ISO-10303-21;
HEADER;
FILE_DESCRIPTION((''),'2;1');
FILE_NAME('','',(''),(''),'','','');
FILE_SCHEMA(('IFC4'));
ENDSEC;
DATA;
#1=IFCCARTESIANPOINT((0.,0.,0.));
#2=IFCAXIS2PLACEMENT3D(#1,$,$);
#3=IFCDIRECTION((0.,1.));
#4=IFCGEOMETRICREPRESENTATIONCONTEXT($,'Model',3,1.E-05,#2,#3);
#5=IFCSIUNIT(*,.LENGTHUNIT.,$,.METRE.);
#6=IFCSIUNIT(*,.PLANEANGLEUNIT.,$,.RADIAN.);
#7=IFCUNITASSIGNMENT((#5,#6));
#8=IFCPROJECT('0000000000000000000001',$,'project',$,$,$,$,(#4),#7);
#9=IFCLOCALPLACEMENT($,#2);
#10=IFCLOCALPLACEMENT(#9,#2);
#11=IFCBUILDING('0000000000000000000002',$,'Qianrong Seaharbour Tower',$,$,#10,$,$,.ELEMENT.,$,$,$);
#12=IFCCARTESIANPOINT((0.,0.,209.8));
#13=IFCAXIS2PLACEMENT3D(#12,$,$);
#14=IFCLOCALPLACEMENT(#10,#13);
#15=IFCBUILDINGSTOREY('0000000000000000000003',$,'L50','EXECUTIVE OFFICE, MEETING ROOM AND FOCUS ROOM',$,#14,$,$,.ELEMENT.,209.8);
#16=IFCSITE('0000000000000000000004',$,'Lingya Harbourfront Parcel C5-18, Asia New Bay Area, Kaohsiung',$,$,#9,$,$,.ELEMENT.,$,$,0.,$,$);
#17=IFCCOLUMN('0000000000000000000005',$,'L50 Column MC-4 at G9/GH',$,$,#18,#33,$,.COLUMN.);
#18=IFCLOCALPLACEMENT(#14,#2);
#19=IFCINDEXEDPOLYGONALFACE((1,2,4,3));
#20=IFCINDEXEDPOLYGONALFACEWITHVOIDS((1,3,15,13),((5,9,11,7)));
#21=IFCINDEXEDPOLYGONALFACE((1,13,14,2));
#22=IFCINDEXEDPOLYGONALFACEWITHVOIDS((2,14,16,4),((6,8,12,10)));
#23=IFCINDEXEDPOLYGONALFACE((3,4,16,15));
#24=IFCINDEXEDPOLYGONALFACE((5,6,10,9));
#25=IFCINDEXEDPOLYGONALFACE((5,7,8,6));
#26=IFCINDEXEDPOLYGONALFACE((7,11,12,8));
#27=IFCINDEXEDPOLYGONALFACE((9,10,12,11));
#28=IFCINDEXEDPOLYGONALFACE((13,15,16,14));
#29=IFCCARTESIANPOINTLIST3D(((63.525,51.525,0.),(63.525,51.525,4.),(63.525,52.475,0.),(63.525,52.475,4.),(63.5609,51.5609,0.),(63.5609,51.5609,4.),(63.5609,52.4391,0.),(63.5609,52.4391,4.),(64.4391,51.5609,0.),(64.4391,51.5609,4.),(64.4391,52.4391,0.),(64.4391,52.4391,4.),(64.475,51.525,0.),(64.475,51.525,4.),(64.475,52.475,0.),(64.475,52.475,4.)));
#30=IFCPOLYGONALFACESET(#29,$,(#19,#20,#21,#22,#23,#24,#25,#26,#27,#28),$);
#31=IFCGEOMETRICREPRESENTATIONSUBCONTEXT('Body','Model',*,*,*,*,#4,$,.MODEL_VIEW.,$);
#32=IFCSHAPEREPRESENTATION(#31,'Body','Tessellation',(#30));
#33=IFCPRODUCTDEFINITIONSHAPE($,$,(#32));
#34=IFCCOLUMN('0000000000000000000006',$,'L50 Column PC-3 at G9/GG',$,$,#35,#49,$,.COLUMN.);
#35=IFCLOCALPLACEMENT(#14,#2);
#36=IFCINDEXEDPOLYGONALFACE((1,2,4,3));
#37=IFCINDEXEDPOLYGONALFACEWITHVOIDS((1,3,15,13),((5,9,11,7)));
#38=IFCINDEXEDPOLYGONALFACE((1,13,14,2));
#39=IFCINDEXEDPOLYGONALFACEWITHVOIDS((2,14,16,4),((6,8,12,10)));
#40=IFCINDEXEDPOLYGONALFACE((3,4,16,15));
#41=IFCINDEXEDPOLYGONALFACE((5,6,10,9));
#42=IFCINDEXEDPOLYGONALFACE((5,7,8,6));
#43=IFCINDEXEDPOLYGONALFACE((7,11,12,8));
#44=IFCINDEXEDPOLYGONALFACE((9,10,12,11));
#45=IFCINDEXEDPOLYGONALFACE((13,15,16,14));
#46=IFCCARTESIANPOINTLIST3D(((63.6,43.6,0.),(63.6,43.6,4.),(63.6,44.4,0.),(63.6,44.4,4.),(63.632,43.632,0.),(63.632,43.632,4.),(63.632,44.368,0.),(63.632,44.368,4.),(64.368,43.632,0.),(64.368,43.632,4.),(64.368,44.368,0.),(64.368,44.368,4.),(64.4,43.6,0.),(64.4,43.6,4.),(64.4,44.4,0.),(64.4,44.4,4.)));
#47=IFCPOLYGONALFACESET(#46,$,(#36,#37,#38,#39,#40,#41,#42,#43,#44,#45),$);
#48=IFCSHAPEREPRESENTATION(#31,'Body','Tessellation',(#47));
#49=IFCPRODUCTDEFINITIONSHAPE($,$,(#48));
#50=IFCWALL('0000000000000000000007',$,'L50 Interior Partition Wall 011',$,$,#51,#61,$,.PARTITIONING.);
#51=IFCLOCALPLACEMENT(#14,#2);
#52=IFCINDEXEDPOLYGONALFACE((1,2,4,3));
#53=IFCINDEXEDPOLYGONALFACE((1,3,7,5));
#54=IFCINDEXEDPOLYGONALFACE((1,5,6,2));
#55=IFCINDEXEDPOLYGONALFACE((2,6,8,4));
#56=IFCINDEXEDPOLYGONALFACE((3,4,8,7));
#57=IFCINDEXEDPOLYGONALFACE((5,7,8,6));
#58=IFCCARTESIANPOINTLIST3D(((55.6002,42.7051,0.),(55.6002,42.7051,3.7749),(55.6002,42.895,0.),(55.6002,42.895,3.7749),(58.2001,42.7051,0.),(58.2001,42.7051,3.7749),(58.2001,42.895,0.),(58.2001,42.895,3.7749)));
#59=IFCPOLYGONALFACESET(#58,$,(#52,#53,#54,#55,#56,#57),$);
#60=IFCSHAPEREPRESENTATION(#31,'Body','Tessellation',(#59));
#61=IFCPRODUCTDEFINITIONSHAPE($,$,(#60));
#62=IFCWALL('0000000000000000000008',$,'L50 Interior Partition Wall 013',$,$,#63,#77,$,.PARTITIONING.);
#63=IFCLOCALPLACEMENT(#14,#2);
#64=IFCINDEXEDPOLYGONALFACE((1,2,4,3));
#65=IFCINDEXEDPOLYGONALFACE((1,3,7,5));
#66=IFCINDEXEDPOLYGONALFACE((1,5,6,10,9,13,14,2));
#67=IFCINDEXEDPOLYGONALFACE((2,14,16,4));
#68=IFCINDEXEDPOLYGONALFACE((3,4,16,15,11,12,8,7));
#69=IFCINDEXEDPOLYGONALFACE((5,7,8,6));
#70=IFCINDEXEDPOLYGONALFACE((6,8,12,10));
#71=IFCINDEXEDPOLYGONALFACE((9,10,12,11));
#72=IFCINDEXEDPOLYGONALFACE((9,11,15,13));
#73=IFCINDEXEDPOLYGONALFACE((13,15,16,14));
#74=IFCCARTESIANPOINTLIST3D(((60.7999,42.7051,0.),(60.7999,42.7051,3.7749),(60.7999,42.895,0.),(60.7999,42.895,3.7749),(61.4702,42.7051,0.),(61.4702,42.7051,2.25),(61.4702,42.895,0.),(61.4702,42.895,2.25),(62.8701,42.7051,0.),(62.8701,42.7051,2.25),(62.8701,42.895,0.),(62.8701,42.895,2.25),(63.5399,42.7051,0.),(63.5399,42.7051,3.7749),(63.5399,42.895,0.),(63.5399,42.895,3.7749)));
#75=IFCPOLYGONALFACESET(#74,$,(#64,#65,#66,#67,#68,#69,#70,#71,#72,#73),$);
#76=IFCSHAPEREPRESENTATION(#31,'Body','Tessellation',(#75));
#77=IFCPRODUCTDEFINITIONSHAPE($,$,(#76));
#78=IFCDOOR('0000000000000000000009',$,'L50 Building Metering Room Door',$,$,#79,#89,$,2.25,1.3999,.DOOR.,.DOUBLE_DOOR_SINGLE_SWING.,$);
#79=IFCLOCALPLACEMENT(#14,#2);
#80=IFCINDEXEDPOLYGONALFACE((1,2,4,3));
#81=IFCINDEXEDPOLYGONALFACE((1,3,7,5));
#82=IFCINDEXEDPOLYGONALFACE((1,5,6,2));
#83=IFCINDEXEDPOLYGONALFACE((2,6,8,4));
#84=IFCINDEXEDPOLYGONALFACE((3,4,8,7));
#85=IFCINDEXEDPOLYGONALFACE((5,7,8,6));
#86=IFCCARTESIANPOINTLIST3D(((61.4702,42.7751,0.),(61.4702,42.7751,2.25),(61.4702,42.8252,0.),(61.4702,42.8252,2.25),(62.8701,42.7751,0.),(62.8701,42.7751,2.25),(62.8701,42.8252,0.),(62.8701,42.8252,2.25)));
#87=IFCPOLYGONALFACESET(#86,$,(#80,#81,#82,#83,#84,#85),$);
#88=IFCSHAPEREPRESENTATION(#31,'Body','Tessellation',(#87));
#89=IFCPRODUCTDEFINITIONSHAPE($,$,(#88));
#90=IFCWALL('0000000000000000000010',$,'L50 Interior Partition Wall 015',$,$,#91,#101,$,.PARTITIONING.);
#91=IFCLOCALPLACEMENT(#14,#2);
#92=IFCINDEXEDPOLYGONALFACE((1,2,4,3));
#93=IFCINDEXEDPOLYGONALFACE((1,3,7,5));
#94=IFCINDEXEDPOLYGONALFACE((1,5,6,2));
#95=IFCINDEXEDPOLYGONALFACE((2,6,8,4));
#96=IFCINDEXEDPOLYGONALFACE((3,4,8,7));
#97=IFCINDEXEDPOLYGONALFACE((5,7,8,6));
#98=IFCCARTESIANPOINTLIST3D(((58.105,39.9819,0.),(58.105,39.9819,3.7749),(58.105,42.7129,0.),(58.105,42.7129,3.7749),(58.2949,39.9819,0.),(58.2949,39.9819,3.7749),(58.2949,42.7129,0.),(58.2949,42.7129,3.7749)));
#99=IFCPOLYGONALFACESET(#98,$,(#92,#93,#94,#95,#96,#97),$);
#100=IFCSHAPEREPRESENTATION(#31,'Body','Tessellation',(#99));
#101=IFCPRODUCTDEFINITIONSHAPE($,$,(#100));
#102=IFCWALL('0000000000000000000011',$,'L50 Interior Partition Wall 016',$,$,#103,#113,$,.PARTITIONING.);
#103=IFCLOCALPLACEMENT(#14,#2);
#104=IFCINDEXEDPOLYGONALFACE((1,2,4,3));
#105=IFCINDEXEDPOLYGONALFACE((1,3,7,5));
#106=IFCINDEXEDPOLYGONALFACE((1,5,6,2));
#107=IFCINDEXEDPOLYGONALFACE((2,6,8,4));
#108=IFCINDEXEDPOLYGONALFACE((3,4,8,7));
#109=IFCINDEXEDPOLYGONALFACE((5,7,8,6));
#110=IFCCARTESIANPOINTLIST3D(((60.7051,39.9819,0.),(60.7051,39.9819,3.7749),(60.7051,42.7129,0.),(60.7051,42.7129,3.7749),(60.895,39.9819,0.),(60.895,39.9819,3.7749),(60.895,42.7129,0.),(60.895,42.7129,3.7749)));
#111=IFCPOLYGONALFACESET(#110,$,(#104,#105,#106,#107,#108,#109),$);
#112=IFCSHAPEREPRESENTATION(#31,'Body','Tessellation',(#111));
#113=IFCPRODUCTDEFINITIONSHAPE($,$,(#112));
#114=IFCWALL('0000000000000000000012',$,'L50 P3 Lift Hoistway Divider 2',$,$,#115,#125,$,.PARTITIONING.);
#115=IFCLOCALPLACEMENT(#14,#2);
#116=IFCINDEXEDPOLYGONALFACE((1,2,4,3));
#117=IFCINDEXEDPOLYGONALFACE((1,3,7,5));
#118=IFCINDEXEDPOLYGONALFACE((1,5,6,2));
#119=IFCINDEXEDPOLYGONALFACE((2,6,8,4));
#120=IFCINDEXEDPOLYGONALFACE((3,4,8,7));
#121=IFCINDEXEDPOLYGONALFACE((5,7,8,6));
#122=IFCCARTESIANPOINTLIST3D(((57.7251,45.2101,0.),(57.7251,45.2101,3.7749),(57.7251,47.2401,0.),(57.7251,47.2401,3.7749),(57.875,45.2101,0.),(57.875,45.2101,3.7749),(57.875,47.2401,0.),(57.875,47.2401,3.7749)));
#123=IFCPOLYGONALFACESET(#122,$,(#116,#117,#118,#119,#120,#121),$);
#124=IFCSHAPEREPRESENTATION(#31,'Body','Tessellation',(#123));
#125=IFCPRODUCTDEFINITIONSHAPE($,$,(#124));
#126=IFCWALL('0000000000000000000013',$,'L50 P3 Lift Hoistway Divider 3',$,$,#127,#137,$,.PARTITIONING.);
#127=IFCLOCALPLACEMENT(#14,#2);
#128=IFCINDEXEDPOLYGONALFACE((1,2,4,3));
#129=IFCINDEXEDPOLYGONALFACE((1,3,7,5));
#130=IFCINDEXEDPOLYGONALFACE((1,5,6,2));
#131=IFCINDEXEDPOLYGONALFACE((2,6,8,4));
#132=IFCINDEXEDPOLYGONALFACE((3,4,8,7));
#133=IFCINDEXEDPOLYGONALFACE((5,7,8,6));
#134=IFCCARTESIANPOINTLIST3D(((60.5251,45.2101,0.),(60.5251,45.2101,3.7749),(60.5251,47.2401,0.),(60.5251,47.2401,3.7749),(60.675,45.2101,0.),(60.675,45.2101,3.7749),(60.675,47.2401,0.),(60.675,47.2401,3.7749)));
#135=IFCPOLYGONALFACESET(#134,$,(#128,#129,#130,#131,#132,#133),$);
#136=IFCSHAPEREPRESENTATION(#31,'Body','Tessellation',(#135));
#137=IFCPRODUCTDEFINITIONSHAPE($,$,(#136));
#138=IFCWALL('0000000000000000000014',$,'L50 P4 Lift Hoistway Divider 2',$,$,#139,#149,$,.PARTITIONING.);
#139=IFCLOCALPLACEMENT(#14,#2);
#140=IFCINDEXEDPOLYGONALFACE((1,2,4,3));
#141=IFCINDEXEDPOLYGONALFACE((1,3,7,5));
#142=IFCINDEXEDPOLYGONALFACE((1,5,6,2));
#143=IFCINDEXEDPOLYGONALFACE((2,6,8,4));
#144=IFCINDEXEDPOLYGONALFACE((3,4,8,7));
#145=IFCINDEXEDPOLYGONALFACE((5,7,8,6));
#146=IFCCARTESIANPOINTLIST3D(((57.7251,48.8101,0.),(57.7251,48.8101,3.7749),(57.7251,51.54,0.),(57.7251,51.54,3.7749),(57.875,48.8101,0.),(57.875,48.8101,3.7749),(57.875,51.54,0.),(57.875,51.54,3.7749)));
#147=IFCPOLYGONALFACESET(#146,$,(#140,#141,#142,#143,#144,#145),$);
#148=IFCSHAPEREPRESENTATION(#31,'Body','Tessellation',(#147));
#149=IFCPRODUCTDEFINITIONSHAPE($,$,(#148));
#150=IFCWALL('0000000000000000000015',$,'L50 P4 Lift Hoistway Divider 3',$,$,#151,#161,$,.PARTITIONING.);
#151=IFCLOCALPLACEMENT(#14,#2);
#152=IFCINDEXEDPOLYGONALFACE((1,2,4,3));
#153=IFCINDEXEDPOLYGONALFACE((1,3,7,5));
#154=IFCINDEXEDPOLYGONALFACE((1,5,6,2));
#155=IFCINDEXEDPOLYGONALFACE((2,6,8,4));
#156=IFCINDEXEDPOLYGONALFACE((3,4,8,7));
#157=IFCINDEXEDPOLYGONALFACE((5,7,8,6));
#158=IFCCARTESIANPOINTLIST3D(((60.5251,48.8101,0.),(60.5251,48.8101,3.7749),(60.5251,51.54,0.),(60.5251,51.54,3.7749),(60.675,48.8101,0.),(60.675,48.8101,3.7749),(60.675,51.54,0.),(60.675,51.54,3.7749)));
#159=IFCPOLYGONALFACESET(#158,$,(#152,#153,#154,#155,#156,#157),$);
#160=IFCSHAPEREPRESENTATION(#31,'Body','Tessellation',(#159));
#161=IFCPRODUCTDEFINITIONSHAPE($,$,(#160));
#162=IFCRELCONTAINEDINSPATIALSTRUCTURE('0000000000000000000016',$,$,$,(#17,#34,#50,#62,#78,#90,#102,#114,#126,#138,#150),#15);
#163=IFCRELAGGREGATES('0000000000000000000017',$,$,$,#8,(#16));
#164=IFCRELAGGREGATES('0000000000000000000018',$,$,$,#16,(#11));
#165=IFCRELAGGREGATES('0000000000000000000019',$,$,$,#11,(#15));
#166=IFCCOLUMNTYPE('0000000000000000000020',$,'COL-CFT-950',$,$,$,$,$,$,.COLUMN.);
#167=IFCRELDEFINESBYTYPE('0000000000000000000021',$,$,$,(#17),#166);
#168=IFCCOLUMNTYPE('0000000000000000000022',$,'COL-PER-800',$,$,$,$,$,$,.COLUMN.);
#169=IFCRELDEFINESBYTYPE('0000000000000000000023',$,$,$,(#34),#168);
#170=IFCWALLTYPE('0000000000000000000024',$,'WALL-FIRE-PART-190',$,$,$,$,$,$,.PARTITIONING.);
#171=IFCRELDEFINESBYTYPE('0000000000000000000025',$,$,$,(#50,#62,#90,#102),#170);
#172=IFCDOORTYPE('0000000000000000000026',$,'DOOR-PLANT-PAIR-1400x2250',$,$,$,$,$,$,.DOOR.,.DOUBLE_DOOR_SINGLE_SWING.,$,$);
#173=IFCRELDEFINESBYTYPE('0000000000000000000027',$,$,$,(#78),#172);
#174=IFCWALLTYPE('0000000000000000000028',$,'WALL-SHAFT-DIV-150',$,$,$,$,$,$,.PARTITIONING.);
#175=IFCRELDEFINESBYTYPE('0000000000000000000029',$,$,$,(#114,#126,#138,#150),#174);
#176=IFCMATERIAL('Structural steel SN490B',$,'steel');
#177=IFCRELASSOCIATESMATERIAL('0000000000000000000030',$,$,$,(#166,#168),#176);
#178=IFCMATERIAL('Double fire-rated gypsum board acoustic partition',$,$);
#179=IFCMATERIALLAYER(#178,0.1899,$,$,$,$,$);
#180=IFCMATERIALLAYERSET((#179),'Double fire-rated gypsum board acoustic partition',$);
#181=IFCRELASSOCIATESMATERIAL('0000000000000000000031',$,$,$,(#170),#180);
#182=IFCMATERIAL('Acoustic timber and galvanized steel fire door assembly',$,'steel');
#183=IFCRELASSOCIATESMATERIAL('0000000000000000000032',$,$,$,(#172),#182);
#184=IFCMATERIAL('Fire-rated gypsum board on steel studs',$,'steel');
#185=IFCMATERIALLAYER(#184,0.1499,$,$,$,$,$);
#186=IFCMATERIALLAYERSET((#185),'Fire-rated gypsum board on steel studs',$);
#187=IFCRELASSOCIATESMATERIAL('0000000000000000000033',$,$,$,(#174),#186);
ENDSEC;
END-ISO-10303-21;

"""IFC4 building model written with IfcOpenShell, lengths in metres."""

from ifc_helpers import new_model, si_unit, direction, frame, frame_2d, origin, origin_2d, place, context, subcontext, project, spatial, rectangle, hollow_rectangle, extrude, material, layer, layer_set, material_profile, profile_set, type_object, element, fill, save


model = new_model("IFC4")

# Units and contexts
model_context = context("Model", 3, precision=1e-05, world=origin(), true_north=direction((0.0, 1.0)))
body_context = subcontext(model_context, "Body", "Model", "MODEL_VIEW")
ifc_project = project(units=[si_unit("LENGTHUNIT", "METRE"), si_unit("PLANEANGLEUNIT", "RADIAN")], contexts=[model_context])

# Site, building, storey
site_placement = place(None, origin())
site = spatial("IfcSite", under=ifc_project, at=site_placement, Name="Lingya Harbourfront Parcel C5-18, Asia New Bay Area, Kaohsiung", CompositionType="ELEMENT", RefElevation=0.0)
building_placement = place(site_placement, origin())
building = spatial("IfcBuilding", under=site, at=building_placement, Name="Qianrong Seaharbour Tower", CompositionType="ELEMENT")
storey_placement = place(building_placement, frame((0.0, 0.0, 209.8)))
storey = spatial("IfcBuildingStorey", under=building, at=storey_placement, Name="L50", Description="EXECUTIVE OFFICE, MEETING ROOM AND FOCUS ROOM", CompositionType="ELEMENT", Elevation=209.8)

# Columns
ifc_material_1 = material(Name="Structural steel SN490B", Category="steel")
ifc_material_profile_1 = material_profile(ifc_material_1, hollow_rectangle(XDim=0.95, YDim=0.95, WallThickness=0.0359, at=origin_2d()), Name="BOX950x950x36")
ifc_profile_set_1 = profile_set([ifc_material_profile_1], Name="Structural steel SN490B")
column_type_1 = type_object("IfcColumnType", Name="COL-CFT-950", PredefinedType="COLUMN", material=ifc_profile_set_1)
column_1_placement = place(storey_placement, frame((64.0, 52.0, 0.0), z_axis=(0.0, 0.0, 1.0), x_axis=(1.0, 0.0, 0.0)))
element("IfcColumn", 1, at=column_1_placement, inside=storey, type_object=column_type_1, Name="L50 Column MC-4 at G9/GH", PredefinedType="COLUMN", context=body_context, shape_type="SweptSolid", body=[
    extrude(hollow_rectangle(XDim=0.95, YDim=0.95, WallThickness=0.0359, at=origin_2d()), origin(), (0.0, 0.0, 1.0), 4.0),
])
ifc_material_profile_2 = material_profile(ifc_material_1, hollow_rectangle(XDim=0.8, YDim=0.8, WallThickness=0.032, at=origin_2d()), Name="BOX800x800x32")
ifc_profile_set_2 = profile_set([ifc_material_profile_2], Name="Structural steel SN490B")
column_type_2 = type_object("IfcColumnType", Name="COL-PER-800", PredefinedType="COLUMN", material=ifc_profile_set_2)
column_2_placement = place(storey_placement, frame((64.0, 44.0, 0.0), z_axis=(0.0, 0.0, 1.0), x_axis=(1.0, 0.0, 0.0)))
element("IfcColumn", 2, at=column_2_placement, inside=storey, type_object=column_type_2, Name="L50 Column PC-3 at G9/GG", PredefinedType="COLUMN", context=body_context, shape_type="SweptSolid", body=[
    extrude(hollow_rectangle(XDim=0.8, YDim=0.8, WallThickness=0.032, at=origin_2d()), origin(), (0.0, 0.0, 1.0), 4.0),
])

# Shared definitions
ifc_material_2 = material(Name="Acoustic timber and galvanized steel fire door assembly", Category="steel")

# Wall
ifc_material_3 = material(Name="Double fire-rated gypsum board acoustic partition")
ifc_layer_1 = layer(ifc_material_3, 0.1899)
ifc_layer_set_1 = layer_set([ifc_layer_1], Name="Double fire-rated gypsum board acoustic partition")
wall_type_1 = type_object("IfcWallType", Name="WALL-FIRE-PART-190", PredefinedType="PARTITIONING", material=ifc_layer_set_1)
wall_1_placement = place(storey_placement, frame((58.2, 42.8, 0.0), z_axis=(0.0, 0.0, 1.0), x_axis=(-1.0, 0.0, 0.0)))
element("IfcWall", 3, at=wall_1_placement, inside=storey, type_object=wall_type_1, Name="L50 Interior Partition Wall 011", PredefinedType="PARTITIONING", context=body_context, shape_type="SweptSolid", body=[
    extrude(rectangle(XDim=2.5999, YDim=0.1899, at=frame_2d((1.2998, 0.0))), origin(), (0.0, 0.0, 1.0), 3.7749),
])

# Wall, opening, door
wall_2_placement = place(storey_placement, frame((63.54, 42.8, 0.0), z_axis=(0.0, 0.0, 1.0), x_axis=(-1.0, 0.0, 0.0)))
wall_2 = element("IfcWall", 4, at=wall_2_placement, inside=storey, type_object=wall_type_1, Name="L50 Interior Partition Wall 013", PredefinedType="PARTITIONING", context=body_context, shape_type="SweptSolid", body=[
    extrude(rectangle(XDim=2.74, YDim=0.1899, at=frame_2d((1.3701, 0.0))), origin(), (0.0, 0.0, 1.0), 3.7749),
])
opening_1_placement = place(wall_2_placement, frame((0.6699, 0.0, 0.0)))
opening_1 = element("IfcOpeningElement", 5, at=opening_1_placement, cuts=wall_2, PredefinedType="OPENING", context=body_context, shape_type="SweptSolid", body=[
    extrude(rectangle(XDim=1.3999, YDim=2.25, at=frame_2d((0.7, 1.125))), frame((0.0, 0.105, 0.0), z_axis=(0.0, -1.0, 0.0), x_axis=(1.0, 0.0, 0.0)), (0.0, 0.0, 1.0), 0.21),
])
door_type_1 = type_object("IfcDoorType", Name="DOOR-PLANT-PAIR-1400x2250", OperationType="DOUBLE_DOOR_SINGLE_SWING", PredefinedType="DOOR", material=ifc_material_2)
door_1_placement = place(opening_1_placement, origin())
door_1 = element("IfcDoor", 6, at=door_1_placement, inside=storey, type_object=door_type_1, Name="L50 Building Metering Room Door", OperationType="DOUBLE_DOOR_SINGLE_SWING", OverallHeight=2.25, OverallWidth=1.3999, PredefinedType="DOOR", context=body_context, shape_type="SweptSolid", body=[
    extrude(rectangle(XDim=1.3999, YDim=2.25, at=frame_2d((0.7, 1.125))), frame((0.0, 0.0249, 0.0), z_axis=(0.0, -1.0, 0.0), x_axis=(1.0, 0.0, 0.0)), (0.0, 0.0, 1.0), 0.05),
])
fill(opening_1, door_1)

# Walls
for number, where, z_axis, x_axis, name in (
    (7, (58.2, 42.7129, 0.0), (0.0, 0.0, 1.0), (0.0, -1.0, 0.0), "L50 Interior Partition Wall 015"),
    (8, (60.8, 42.7129, 0.0), (0.0, 0.0, 1.0), (0.0, -1.0, 0.0), "L50 Interior Partition Wall 016"),
):
    element("IfcWall", number, at=place(storey_placement, frame(where, z_axis=z_axis, x_axis=x_axis)), inside=storey, type_object=wall_type_1, Name=name, PredefinedType="PARTITIONING", context=body_context, shape_type="SweptSolid", body=[
        extrude(rectangle(XDim=2.731, YDim=0.1899, at=frame_2d((1.3655, 0.0))), origin(), (0.0, 0.0, 1.0), 3.7749),
    ])
ifc_material_4 = material(Name="Fire-rated gypsum board on steel studs", Category="steel")
ifc_layer_2 = layer(ifc_material_4, 0.1499)
ifc_layer_set_2 = layer_set([ifc_layer_2], Name="Fire-rated gypsum board on steel studs")
wall_type_2 = type_object("IfcWallType", Name="WALL-SHAFT-DIV-150", PredefinedType="PARTITIONING", material=ifc_layer_set_2)
for number, where, z_axis, x_axis, name in (
    (9, (57.8, 45.21, 0.0), (0.0, 0.0, 1.0), (0.0, 1.0, 0.0), "L50 P3 Lift Hoistway Divider 2"),
    (10, (60.6001, 45.21, 0.0), (0.0, 0.0, 1.0), (0.0, 1.0, 0.0), "L50 P3 Lift Hoistway Divider 3"),
):
    element("IfcWall", number, at=place(storey_placement, frame(where, z_axis=z_axis, x_axis=x_axis)), inside=storey, type_object=wall_type_2, Name=name, PredefinedType="PARTITIONING", context=body_context, shape_type="SweptSolid", body=[
        extrude(rectangle(XDim=2.03, YDim=0.1499, at=frame_2d((1.0151, 0.0))), origin(), (0.0, 0.0, 1.0), 3.7749),
    ])
for number, where, z_axis, x_axis, name in (
    (11, (57.8, 48.8101, 0.0), (0.0, 0.0, 1.0), (0.0, 1.0, 0.0), "L50 P4 Lift Hoistway Divider 2"),
    (12, (60.6001, 48.8101, 0.0), (0.0, 0.0, 1.0), (0.0, 1.0, 0.0), "L50 P4 Lift Hoistway Divider 3"),
):
    element("IfcWall", number, at=place(storey_placement, frame(where, z_axis=z_axis, x_axis=x_axis)), inside=storey, type_object=wall_type_2, Name=name, PredefinedType="PARTITIONING", context=body_context, shape_type="SweptSolid", body=[
        extrude(rectangle(XDim=2.73, YDim=0.1499, at=frame_2d((1.365, 0.0))), origin(), (0.0, 0.0, 1.0), 3.7749),
    ])

save(model, "model.ifc")
